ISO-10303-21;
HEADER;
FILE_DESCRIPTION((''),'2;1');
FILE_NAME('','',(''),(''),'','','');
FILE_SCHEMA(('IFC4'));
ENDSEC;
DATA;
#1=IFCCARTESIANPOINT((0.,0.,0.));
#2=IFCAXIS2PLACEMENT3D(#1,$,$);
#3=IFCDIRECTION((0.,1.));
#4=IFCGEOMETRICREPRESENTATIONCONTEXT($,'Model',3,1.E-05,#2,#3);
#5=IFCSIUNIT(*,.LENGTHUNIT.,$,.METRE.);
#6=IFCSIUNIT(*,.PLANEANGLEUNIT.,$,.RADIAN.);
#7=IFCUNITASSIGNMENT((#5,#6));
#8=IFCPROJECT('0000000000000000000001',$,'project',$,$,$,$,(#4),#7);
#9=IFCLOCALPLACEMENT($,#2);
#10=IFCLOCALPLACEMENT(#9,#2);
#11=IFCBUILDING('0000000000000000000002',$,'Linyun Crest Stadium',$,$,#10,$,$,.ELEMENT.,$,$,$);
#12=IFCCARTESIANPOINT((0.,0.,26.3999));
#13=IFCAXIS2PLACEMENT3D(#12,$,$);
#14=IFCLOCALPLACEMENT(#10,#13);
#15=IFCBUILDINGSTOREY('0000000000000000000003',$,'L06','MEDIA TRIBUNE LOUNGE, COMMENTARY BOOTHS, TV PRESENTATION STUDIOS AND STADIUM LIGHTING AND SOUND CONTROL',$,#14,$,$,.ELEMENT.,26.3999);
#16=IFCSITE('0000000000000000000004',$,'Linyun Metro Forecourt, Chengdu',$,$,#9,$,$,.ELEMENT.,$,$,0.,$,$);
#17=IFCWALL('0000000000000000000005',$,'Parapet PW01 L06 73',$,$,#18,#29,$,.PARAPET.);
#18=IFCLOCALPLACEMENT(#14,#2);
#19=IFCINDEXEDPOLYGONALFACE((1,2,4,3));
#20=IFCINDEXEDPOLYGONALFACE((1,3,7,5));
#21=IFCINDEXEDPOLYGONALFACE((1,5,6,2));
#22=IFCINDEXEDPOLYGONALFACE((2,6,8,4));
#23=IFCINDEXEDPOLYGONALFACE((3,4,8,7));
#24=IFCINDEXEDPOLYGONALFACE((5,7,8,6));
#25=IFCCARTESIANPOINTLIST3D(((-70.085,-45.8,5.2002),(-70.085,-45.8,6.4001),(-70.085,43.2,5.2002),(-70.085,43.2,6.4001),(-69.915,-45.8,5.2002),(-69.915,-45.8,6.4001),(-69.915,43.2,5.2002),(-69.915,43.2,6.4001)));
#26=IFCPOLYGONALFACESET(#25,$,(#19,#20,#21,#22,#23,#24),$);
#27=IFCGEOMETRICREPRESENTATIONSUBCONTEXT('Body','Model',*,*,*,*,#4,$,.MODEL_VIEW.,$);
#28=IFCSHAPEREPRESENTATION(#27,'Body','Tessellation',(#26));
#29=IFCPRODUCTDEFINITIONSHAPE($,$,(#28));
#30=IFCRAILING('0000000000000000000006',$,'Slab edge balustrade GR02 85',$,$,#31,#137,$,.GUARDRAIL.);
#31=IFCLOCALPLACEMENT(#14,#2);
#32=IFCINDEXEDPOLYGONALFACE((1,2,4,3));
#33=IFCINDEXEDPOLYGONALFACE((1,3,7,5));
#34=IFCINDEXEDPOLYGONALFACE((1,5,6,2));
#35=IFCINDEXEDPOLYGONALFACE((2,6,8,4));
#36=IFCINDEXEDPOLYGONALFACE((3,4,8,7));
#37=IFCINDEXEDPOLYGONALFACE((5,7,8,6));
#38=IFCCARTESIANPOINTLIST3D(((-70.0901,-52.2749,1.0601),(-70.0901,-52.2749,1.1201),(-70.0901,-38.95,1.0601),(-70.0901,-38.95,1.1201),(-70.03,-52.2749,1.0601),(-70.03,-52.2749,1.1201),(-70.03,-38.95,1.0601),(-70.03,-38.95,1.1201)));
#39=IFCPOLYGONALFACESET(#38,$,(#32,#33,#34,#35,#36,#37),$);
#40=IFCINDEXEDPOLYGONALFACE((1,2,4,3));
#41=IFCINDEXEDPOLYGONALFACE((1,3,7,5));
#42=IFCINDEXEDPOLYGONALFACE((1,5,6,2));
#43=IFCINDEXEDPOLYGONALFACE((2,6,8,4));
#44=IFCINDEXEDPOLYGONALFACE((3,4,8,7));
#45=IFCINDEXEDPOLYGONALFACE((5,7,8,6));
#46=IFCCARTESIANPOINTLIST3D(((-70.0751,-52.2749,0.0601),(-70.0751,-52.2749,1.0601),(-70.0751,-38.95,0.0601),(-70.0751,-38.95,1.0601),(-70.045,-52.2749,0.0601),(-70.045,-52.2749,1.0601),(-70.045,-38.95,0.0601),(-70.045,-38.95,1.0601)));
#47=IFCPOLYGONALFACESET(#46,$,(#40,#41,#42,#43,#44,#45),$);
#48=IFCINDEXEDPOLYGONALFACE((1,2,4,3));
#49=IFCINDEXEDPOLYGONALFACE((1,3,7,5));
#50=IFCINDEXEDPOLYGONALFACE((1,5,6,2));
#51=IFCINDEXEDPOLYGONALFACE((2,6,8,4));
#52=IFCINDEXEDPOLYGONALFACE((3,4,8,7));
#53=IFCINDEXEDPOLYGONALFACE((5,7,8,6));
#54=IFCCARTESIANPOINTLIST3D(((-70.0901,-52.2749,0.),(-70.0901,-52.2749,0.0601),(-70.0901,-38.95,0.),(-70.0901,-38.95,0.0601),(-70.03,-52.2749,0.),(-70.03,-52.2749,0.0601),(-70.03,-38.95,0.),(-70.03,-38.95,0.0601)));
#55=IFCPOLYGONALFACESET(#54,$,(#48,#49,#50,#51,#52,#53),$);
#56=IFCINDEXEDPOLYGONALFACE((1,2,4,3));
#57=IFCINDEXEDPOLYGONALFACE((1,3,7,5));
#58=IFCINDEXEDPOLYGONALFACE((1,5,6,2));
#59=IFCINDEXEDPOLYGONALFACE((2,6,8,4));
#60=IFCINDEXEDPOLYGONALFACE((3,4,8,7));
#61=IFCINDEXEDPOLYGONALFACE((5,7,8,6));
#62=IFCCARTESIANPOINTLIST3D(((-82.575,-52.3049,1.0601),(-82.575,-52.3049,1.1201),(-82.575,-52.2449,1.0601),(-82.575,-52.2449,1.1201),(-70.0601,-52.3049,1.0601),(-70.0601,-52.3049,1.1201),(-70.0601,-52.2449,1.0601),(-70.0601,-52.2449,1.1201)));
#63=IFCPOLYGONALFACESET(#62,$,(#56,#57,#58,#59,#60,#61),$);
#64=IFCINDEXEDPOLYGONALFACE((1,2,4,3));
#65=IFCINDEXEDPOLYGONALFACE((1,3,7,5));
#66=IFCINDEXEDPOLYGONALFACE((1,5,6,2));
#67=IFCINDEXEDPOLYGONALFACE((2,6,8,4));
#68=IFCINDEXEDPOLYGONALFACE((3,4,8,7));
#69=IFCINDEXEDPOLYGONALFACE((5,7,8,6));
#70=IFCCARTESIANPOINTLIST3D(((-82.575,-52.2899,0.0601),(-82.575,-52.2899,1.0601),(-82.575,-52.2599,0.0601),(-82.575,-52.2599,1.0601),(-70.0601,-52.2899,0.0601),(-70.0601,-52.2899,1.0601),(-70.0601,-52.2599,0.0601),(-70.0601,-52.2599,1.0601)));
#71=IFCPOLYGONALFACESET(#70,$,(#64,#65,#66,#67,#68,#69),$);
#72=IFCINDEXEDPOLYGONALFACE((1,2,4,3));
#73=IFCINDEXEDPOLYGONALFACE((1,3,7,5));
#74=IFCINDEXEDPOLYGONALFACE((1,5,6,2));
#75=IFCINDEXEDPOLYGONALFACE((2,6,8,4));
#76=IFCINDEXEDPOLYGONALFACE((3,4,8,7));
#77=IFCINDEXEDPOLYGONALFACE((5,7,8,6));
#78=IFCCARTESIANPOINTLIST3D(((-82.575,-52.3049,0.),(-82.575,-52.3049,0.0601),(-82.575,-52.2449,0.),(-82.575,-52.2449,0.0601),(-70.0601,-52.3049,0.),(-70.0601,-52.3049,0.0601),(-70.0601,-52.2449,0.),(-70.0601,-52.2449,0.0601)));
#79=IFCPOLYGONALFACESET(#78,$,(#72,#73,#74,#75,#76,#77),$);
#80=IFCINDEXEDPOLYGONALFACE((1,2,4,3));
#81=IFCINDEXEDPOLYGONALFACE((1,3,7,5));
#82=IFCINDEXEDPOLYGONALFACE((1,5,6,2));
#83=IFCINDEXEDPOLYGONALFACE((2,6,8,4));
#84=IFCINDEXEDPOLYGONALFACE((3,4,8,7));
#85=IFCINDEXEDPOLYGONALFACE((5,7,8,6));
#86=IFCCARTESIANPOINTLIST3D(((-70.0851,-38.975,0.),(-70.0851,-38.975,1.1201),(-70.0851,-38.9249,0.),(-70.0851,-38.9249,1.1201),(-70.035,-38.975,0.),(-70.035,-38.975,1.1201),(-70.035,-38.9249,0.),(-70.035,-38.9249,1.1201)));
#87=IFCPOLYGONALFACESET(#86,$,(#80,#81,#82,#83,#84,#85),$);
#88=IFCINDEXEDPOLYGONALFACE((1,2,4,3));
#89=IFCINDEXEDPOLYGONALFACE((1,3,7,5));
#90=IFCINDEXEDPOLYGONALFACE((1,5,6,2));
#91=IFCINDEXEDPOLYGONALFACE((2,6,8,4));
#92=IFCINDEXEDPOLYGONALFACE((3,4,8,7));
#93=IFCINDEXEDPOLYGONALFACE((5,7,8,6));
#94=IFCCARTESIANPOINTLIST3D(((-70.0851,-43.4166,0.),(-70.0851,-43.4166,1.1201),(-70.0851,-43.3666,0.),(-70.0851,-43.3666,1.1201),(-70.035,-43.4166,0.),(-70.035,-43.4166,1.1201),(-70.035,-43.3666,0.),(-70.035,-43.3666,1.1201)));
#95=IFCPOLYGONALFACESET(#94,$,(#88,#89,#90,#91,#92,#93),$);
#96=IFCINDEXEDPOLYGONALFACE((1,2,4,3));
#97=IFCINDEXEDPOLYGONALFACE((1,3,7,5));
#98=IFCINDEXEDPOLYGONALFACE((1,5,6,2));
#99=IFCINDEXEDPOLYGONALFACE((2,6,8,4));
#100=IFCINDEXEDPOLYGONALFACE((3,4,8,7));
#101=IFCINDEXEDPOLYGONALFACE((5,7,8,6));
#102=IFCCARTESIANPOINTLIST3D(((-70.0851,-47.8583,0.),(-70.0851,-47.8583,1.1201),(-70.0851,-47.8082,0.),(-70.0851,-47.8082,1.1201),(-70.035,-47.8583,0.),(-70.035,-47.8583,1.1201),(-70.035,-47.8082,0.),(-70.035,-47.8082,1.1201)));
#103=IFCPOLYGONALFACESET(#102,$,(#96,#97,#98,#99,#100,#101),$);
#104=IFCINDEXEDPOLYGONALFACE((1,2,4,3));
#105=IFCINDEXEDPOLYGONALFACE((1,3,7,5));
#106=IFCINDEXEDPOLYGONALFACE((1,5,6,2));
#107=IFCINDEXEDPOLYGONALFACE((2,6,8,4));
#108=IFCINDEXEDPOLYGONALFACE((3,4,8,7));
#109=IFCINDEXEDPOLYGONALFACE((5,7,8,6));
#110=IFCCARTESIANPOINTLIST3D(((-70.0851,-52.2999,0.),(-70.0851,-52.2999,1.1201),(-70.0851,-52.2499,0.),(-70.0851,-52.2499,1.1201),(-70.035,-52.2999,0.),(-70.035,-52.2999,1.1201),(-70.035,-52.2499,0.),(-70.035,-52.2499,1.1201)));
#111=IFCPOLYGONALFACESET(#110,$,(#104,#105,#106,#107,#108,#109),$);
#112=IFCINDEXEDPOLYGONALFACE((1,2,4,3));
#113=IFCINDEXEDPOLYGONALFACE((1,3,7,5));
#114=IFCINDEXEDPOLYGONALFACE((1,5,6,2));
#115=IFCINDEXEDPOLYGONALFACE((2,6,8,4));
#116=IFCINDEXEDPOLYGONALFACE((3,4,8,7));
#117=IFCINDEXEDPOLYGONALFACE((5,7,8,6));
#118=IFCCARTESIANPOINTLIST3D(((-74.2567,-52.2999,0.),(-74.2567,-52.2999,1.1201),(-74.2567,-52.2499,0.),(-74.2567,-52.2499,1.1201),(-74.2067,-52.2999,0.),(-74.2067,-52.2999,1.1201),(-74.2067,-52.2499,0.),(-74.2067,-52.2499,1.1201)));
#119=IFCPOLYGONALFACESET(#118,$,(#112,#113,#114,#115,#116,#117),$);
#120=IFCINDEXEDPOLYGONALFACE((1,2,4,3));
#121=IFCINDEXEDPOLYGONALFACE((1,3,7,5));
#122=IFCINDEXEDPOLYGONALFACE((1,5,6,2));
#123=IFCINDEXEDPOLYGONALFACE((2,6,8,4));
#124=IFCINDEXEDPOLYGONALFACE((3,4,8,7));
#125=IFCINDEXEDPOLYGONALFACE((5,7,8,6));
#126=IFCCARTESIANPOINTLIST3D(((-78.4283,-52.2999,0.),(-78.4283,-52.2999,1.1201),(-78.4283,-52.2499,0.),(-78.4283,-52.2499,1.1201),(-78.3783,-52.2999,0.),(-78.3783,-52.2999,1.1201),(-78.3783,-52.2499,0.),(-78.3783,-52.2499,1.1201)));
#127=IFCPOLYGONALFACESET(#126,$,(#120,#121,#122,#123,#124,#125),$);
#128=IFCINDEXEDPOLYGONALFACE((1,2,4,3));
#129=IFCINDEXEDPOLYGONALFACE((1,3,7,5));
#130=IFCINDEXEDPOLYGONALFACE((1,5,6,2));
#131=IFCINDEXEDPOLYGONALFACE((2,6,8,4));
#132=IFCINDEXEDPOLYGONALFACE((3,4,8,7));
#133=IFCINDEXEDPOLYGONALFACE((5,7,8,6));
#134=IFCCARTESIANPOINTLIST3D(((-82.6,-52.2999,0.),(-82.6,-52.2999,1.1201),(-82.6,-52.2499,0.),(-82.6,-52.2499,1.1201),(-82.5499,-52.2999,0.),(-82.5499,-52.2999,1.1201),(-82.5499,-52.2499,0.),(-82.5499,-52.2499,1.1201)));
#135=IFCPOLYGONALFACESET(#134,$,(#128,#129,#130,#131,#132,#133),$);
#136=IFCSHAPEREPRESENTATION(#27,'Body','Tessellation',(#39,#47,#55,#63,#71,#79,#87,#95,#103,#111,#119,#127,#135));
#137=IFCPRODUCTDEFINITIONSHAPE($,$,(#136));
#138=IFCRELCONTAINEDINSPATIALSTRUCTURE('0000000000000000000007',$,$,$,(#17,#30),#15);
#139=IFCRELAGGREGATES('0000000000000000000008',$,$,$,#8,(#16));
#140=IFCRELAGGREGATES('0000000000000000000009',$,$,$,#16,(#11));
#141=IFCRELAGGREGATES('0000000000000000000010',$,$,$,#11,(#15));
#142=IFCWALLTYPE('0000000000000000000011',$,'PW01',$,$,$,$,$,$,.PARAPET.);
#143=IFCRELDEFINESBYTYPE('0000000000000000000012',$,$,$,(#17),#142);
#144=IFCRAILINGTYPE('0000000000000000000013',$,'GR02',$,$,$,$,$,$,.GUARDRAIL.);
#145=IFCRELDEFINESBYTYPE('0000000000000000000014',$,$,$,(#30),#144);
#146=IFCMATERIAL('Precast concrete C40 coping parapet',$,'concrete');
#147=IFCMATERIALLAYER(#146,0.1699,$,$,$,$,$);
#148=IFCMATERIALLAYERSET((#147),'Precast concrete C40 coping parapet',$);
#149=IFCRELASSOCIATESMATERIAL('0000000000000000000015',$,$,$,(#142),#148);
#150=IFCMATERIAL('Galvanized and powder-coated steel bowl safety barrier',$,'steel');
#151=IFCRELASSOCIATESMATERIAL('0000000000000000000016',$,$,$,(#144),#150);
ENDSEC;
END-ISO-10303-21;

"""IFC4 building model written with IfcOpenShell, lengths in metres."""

from ifc_helpers import new_model, si_unit, direction, frame, frame_2d, origin, origin_2d, place, context, subcontext, project, spatial, rectangle, extrude, material, layer, layer_set, type_object, element, save


model = new_model("IFC4")

# Units and contexts
model_context = context("Model", 3, precision=1e-05, world=origin(), true_north=direction((0.0, 1.0)))
body_context = subcontext(model_context, "Body", "Model", "MODEL_VIEW")
ifc_project = project(units=[si_unit("LENGTHUNIT", "METRE"), si_unit("PLANEANGLEUNIT", "RADIAN")], contexts=[model_context])

# Site, building, storey
site_placement = place(None, origin())
site = spatial("IfcSite", under=ifc_project, at=site_placement, Name="Linyun Metro Forecourt, Chengdu", CompositionType="ELEMENT", RefElevation=0.0)
building_placement = place(site_placement, origin())
building = spatial("IfcBuilding", under=site, at=building_placement, Name="Linyun Crest Stadium", CompositionType="ELEMENT")
storey_placement = place(building_placement, frame((0.0, 0.0, 26.3999)))
storey = spatial("IfcBuildingStorey", under=building, at=storey_placement, Name="L06", Description="MEDIA TRIBUNE LOUNGE, COMMENTARY BOOTHS, TV PRESENTATION STUDIOS AND STADIUM LIGHTING AND SOUND CONTROL", CompositionType="ELEMENT", Elevation=26.3999)

# Wall
ifc_material_1 = material(Name="Precast concrete C40 coping parapet", Category="concrete")
ifc_layer_1 = layer(ifc_material_1, 0.1699)
ifc_layer_set_1 = layer_set([ifc_layer_1], Name="Precast concrete C40 coping parapet")
wall_type_1 = type_object("IfcWallType", Name="PW01", PredefinedType="PARAPET", material=ifc_layer_set_1)
wall_1_placement = place(storey_placement, frame((-70.0, -45.8, 5.2002), z_axis=(0.0, 0.0, 1.0), x_axis=(0.0, 1.0, 0.0)))
element("IfcWall", 1, at=wall_1_placement, inside=storey, type_object=wall_type_1, Name="Parapet PW01 L06 73", PredefinedType="PARAPET", context=body_context, shape_type="SweptSolid", body=[
    extrude(rectangle(XDim=89.0, YDim=0.1699, at=frame_2d((44.5, 0.0))), origin(), (0.0, 0.0, 1.0), 1.2),
])

# Railing
ifc_material_2 = material(Name="Galvanized and powder-coated steel bowl safety barrier", Category="steel")
railing_type = type_object("IfcRailingType", Name="GR02", PredefinedType="GUARDRAIL", material=ifc_material_2)
railing_placement = place(storey_placement, frame((-70.0601, -38.95, 0.0)))
element("IfcRailing", 2, at=railing_placement, inside=storey, type_object=railing_type, Name="Slab edge balustrade GR02 85", PredefinedType="GUARDRAIL", context=body_context, shape_type="SweptSolid", body=[
    extrude(rectangle(XDim=0.0601, YDim=0.0601, at=origin_2d()), frame((0.0, 0.0, 1.0901), z_axis=(0.0, -1.0, 0.0), x_axis=(1.0, 0.0, 0.0)), (0.0, 0.0, 1.0), 13.325),
    extrude(rectangle(XDim=0.03, YDim=1.0, at=origin_2d()), frame((0.0, 0.0, 0.5601), z_axis=(0.0, -1.0, 0.0), x_axis=(1.0, 0.0, 0.0)), (0.0, 0.0, 1.0), 13.325),
    extrude(rectangle(XDim=0.0601, YDim=0.0601, at=origin_2d()), frame((0.0, 0.0, 0.03), z_axis=(0.0, -1.0, 0.0), x_axis=(1.0, 0.0, 0.0)), (0.0, 0.0, 1.0), 13.325),
    extrude(rectangle(XDim=0.0601, YDim=0.0601, at=origin_2d()), frame((0.0, -13.325, 1.0901), z_axis=(-1.0, 0.0, 0.0), x_axis=(0.0, -1.0, 0.0)), (0.0, 0.0, 1.0), 12.5149),
    extrude(rectangle(XDim=0.03, YDim=1.0, at=origin_2d()), frame((0.0, -13.325, 0.5601), z_axis=(-1.0, 0.0, 0.0), x_axis=(0.0, -1.0, 0.0)), (0.0, 0.0, 1.0), 12.5149),
    extrude(rectangle(XDim=0.0601, YDim=0.0601, at=origin_2d()), frame((0.0, -13.325, 0.03), z_axis=(-1.0, 0.0, 0.0), x_axis=(0.0, -1.0, 0.0)), (0.0, 0.0, 1.0), 12.5149),
    extrude(rectangle(XDim=0.05, YDim=0.05, at=origin_2d()), origin(), (0.0, 0.0, 1.0), 1.1201),
    extrude(rectangle(XDim=0.05, YDim=0.05, at=origin_2d()), frame((0.0, -4.4417, 0.0)), (0.0, 0.0, 1.0), 1.1201),
    extrude(rectangle(XDim=0.05, YDim=0.05, at=origin_2d()), frame((0.0, -8.8833, 0.0)), (0.0, 0.0, 1.0), 1.1201),
    extrude(rectangle(XDim=0.05, YDim=0.05, at=origin_2d()), frame((0.0, -13.325, 0.0)), (0.0, 0.0, 1.0), 1.1201),
    extrude(rectangle(XDim=0.05, YDim=0.05, at=origin_2d()), frame((-4.1716, -13.325, 0.0)), (0.0, 0.0, 1.0), 1.1201),
    extrude(rectangle(XDim=0.05, YDim=0.05, at=origin_2d()), frame((-8.3433, -13.325, 0.0)), (0.0, 0.0, 1.0), 1.1201),
    extrude(rectangle(XDim=0.05, YDim=0.05, at=origin_2d()), frame((-12.5149, -13.325, 0.0)), (0.0, 0.0, 1.0), 1.1201),
])

save(model, "model.ifc")
